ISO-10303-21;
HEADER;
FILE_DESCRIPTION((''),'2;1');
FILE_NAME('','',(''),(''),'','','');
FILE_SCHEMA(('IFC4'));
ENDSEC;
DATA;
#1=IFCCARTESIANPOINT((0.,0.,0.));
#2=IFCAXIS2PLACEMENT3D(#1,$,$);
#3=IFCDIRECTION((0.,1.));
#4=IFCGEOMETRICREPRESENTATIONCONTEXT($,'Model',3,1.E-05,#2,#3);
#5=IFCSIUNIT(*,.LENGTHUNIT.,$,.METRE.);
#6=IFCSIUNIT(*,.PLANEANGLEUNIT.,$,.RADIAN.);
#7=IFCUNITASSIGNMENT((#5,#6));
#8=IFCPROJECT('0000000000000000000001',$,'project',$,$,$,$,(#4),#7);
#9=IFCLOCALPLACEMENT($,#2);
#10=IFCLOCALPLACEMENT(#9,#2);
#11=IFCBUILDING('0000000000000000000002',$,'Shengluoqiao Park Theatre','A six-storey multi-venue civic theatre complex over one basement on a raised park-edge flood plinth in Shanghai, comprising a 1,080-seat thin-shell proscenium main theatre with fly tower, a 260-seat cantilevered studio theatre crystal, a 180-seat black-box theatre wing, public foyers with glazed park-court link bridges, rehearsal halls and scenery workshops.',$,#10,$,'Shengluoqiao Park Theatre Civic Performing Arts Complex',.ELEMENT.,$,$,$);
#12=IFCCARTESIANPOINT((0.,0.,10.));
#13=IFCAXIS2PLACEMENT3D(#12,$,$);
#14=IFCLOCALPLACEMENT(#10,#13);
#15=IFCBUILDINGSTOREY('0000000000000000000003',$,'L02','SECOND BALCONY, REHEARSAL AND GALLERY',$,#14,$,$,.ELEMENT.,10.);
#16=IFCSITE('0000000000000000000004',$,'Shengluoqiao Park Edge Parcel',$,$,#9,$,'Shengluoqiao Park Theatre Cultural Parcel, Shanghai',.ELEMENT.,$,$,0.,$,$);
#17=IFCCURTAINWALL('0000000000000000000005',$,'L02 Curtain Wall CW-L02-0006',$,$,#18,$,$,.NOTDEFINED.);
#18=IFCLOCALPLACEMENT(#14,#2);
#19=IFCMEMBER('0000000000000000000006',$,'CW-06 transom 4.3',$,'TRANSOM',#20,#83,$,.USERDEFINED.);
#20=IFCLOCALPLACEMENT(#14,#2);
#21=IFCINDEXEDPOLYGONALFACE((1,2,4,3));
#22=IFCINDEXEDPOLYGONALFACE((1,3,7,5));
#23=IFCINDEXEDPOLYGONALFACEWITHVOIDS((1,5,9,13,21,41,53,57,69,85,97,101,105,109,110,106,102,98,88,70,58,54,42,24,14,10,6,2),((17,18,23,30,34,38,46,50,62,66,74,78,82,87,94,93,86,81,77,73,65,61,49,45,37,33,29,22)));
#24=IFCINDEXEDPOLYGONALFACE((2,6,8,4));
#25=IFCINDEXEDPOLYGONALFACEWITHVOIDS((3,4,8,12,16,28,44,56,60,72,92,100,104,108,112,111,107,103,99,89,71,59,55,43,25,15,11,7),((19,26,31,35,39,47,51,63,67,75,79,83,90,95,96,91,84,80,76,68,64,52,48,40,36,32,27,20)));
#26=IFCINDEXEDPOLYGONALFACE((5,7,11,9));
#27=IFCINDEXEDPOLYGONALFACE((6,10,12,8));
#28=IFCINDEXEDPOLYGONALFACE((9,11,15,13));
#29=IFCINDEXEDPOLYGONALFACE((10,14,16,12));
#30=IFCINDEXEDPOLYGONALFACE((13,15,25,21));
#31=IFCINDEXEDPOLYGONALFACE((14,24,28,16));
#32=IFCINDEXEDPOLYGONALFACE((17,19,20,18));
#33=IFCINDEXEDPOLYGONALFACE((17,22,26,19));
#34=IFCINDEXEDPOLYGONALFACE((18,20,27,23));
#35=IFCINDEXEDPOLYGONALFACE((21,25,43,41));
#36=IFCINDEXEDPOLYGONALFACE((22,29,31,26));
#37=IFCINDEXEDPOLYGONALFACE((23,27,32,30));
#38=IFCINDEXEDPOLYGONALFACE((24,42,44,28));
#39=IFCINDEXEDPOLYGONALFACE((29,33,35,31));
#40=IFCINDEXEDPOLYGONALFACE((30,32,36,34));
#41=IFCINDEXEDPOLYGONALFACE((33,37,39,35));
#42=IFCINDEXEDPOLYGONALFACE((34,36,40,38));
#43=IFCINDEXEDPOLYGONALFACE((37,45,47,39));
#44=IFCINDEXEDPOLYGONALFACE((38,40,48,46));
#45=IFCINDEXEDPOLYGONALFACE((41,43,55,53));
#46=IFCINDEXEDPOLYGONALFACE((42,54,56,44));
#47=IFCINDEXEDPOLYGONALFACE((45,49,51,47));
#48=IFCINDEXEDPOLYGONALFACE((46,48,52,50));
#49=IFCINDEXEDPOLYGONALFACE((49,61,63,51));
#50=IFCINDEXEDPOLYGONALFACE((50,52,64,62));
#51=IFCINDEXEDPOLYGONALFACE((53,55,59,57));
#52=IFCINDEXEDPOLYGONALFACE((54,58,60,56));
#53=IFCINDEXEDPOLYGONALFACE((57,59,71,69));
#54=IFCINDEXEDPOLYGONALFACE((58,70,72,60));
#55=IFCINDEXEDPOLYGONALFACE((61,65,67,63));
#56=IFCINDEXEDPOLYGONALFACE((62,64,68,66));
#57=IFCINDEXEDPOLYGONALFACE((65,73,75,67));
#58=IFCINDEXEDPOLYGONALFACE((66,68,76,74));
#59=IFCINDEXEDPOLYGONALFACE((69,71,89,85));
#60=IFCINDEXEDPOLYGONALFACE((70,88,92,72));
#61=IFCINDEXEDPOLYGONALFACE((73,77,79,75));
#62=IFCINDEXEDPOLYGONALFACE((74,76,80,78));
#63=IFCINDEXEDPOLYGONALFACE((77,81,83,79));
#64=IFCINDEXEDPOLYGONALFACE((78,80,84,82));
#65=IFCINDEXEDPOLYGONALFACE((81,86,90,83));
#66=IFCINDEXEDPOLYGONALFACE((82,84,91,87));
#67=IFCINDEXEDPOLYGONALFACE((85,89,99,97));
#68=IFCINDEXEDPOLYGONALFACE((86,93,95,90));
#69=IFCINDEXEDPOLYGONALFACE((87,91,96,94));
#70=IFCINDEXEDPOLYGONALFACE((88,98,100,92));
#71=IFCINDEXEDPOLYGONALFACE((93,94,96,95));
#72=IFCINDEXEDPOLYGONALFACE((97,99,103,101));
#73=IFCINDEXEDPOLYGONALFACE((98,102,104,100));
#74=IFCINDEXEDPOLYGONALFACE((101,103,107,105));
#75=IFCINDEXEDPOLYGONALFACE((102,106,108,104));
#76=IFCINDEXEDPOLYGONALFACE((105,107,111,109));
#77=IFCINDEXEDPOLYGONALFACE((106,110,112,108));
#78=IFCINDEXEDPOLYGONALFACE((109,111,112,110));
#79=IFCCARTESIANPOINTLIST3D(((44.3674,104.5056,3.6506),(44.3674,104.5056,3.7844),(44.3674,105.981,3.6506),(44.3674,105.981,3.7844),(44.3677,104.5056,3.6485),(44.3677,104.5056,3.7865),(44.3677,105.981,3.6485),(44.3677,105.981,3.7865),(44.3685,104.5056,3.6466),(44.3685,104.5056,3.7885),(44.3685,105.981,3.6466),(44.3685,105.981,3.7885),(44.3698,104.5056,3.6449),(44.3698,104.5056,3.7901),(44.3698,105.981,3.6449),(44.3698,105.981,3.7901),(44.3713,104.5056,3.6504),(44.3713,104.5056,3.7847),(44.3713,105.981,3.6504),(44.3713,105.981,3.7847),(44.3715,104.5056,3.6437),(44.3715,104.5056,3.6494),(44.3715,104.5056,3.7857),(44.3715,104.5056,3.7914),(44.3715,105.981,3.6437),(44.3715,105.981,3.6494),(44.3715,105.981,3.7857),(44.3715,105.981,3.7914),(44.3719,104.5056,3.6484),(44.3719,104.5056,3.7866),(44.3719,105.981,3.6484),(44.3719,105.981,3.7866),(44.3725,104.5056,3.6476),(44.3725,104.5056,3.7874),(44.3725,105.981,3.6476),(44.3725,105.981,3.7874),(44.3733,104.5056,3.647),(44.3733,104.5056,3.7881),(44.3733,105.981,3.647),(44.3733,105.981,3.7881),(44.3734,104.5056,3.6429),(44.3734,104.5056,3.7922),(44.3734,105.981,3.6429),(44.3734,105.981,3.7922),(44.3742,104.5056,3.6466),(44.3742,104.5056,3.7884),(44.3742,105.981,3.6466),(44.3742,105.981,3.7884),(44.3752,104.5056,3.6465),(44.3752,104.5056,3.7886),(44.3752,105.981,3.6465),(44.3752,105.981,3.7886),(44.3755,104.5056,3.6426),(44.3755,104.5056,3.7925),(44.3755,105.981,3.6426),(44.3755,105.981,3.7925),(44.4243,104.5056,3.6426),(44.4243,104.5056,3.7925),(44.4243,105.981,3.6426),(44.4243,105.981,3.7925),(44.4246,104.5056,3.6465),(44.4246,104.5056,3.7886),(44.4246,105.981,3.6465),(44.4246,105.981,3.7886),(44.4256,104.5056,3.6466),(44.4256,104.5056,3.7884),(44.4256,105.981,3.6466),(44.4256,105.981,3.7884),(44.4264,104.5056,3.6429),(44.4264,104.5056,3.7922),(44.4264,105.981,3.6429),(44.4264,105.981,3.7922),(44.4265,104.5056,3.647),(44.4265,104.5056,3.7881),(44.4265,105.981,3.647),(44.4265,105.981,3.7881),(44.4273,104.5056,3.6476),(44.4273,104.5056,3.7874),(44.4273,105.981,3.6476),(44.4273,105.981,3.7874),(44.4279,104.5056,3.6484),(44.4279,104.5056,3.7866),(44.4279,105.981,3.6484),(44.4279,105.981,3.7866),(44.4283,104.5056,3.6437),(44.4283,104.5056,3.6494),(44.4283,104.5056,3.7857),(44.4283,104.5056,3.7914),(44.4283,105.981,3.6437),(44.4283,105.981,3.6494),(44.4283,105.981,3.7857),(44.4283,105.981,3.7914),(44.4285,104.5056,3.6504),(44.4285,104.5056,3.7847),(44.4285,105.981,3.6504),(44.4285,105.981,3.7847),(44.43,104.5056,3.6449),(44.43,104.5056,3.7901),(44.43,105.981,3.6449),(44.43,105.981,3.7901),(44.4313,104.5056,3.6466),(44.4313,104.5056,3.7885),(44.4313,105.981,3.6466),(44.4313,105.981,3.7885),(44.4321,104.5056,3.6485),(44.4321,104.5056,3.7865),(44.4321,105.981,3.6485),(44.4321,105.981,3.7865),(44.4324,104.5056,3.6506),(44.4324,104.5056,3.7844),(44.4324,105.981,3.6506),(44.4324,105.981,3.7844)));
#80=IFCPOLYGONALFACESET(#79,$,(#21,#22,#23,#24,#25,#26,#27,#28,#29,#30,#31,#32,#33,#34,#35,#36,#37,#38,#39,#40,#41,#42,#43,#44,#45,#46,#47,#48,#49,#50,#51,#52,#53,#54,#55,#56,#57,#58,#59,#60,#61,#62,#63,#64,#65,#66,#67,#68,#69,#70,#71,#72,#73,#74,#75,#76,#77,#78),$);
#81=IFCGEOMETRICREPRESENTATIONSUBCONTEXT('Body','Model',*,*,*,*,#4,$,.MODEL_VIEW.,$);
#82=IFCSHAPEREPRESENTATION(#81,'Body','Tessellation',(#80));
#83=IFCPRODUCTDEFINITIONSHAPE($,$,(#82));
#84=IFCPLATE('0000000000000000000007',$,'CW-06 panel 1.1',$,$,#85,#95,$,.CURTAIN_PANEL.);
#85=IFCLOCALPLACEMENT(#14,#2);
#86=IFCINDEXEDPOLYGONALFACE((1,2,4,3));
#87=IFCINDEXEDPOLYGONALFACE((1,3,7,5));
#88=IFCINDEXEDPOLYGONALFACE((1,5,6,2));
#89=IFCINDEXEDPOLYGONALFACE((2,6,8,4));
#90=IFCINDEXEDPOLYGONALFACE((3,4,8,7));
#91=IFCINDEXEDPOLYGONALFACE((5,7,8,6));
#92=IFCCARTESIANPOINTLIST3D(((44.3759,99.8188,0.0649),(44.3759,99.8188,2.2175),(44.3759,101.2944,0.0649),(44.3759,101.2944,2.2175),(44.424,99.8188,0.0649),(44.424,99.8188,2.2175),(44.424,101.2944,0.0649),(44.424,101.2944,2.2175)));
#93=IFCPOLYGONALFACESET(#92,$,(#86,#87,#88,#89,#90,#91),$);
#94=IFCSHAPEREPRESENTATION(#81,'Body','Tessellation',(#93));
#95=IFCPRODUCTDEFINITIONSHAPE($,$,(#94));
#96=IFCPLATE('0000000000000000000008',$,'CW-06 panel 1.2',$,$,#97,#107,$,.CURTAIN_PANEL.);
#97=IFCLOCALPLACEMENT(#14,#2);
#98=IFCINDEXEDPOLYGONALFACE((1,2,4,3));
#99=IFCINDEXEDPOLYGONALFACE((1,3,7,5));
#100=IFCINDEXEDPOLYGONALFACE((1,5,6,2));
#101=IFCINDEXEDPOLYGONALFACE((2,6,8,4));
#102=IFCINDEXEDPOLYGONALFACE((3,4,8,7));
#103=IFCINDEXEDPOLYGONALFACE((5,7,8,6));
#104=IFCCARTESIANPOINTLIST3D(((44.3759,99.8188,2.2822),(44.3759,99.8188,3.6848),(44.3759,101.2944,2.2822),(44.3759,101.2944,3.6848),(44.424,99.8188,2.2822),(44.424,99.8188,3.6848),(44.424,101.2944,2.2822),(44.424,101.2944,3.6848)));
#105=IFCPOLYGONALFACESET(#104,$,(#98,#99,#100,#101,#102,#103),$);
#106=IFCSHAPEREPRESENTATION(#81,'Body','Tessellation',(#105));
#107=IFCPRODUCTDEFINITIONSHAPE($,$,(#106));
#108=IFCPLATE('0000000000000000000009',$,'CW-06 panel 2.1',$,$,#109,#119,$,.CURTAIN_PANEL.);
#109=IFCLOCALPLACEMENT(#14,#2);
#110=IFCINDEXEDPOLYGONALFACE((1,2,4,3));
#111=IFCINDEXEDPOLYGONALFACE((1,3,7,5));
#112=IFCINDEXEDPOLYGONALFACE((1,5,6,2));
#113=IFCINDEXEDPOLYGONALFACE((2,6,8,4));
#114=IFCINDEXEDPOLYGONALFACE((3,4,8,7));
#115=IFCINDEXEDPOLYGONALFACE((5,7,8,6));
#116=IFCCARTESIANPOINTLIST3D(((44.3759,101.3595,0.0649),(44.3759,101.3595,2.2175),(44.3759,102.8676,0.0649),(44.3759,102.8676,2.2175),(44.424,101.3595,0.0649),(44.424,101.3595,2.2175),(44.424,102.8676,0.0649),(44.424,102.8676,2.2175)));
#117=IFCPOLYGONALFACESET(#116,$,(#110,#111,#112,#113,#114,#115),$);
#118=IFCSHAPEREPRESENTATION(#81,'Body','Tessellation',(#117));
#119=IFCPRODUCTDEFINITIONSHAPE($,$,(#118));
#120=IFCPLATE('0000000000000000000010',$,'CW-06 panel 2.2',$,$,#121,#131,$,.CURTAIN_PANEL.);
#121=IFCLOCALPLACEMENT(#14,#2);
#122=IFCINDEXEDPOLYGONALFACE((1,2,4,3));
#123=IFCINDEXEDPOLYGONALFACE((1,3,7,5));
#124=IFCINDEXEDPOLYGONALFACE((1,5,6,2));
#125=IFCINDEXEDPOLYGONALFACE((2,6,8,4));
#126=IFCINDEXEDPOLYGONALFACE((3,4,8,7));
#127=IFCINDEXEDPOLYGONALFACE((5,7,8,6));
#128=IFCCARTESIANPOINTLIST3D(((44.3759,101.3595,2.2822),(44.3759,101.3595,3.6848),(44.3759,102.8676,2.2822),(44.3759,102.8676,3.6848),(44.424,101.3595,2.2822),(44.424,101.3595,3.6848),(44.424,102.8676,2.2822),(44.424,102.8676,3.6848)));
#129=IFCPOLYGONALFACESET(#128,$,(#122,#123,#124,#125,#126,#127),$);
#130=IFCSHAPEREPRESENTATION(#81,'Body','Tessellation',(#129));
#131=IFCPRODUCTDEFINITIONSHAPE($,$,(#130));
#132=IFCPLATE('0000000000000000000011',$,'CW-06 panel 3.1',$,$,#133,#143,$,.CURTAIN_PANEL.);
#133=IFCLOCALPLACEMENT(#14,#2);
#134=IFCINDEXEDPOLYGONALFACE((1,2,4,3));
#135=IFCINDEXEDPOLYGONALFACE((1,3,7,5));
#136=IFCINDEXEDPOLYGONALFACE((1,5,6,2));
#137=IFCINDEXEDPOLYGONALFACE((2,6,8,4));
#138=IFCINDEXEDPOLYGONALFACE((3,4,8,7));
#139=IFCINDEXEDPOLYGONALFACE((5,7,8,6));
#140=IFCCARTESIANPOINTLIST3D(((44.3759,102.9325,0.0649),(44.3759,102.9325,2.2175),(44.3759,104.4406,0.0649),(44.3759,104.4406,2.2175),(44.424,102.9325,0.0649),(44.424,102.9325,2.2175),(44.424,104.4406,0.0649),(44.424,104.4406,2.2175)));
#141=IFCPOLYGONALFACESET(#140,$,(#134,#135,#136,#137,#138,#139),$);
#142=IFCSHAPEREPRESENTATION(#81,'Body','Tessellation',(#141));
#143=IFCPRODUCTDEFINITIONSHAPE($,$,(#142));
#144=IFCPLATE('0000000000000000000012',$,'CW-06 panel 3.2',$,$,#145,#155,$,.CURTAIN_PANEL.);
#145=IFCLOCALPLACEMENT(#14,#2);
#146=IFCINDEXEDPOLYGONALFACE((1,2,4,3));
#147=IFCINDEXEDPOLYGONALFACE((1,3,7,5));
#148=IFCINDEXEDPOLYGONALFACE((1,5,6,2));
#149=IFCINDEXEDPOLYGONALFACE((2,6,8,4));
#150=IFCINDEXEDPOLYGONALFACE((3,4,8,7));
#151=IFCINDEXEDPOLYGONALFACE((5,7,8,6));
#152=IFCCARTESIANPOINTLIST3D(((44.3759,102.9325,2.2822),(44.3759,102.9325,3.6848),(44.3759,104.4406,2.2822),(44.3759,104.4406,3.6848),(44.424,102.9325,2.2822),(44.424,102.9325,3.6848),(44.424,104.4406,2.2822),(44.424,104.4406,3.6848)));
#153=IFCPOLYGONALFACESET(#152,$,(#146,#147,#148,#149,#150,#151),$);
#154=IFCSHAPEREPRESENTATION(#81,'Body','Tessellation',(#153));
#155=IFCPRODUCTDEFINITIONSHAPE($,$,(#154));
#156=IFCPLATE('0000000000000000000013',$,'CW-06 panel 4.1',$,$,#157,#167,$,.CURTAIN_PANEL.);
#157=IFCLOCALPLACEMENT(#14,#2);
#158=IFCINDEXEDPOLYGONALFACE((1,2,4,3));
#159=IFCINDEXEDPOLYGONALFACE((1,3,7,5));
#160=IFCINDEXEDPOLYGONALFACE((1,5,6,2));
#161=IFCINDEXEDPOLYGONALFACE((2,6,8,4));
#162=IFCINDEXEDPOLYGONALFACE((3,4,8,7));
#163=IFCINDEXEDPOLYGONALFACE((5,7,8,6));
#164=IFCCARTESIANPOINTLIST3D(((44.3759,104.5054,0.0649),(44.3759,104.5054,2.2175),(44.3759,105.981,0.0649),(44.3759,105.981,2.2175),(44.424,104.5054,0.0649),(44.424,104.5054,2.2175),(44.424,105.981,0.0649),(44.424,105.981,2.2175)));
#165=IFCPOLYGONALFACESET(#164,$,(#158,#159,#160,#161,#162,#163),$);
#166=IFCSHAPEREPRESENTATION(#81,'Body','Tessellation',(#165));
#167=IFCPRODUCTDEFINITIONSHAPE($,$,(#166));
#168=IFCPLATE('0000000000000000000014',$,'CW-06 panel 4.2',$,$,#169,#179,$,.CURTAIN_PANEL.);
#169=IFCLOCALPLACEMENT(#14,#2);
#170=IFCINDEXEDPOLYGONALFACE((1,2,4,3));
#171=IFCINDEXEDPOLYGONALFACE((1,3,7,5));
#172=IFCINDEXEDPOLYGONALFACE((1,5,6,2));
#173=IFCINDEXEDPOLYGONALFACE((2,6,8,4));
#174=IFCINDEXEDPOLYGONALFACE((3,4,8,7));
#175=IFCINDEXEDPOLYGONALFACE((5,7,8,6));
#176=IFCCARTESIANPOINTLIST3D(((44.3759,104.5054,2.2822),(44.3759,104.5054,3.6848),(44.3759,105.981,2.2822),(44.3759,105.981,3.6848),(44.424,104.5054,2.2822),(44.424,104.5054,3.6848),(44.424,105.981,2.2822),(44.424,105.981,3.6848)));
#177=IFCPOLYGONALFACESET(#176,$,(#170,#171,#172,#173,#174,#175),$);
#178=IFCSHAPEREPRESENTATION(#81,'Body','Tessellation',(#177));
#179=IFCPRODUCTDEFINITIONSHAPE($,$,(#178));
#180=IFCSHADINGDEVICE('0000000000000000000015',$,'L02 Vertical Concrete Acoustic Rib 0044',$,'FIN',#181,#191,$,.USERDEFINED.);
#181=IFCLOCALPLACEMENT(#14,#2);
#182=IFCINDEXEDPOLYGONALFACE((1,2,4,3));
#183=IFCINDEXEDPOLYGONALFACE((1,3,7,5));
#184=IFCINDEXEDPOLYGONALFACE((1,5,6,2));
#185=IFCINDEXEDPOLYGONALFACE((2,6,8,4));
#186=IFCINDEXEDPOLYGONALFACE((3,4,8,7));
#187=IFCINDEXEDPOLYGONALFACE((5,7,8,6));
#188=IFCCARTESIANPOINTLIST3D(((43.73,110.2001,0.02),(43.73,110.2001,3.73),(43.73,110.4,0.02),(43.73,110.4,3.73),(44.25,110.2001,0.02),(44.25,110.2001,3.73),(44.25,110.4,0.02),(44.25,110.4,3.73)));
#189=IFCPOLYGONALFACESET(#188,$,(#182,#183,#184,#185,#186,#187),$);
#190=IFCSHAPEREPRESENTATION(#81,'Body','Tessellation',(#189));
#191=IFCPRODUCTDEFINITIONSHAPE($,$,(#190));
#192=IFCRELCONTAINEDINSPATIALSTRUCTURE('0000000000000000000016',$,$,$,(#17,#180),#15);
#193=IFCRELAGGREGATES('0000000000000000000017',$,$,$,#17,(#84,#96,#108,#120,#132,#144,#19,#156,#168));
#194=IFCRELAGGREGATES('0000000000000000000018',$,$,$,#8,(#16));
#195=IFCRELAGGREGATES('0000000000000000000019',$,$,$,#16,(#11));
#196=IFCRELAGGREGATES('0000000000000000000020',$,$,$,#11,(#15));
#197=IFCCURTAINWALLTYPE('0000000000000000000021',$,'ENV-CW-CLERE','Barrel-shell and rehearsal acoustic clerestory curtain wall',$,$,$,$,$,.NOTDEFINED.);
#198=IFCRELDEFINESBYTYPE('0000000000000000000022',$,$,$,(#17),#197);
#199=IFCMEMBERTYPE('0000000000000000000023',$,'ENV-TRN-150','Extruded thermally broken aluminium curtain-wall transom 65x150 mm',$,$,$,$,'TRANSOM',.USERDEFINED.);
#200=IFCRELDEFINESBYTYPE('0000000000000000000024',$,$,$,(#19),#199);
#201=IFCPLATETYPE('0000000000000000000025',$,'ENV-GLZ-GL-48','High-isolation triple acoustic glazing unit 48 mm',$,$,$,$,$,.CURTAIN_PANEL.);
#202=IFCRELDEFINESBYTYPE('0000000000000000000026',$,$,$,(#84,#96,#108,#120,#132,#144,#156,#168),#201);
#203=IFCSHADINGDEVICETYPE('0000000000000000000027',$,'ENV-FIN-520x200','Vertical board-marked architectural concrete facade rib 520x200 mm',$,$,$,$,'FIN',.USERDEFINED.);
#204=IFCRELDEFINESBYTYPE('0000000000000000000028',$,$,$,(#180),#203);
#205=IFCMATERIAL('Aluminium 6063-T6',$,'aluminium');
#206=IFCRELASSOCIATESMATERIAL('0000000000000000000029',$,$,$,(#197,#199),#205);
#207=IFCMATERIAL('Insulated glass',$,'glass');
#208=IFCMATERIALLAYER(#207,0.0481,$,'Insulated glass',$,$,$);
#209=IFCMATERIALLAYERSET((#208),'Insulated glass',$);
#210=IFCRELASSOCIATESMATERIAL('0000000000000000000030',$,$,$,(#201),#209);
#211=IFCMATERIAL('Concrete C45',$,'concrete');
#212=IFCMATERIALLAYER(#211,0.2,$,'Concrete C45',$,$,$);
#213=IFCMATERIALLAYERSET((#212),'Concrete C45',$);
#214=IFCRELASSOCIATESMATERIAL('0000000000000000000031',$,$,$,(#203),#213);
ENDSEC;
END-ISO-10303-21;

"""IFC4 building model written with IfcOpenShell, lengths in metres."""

from ifc_helpers import new_model, si_unit, direction, frame, origin, origin_2d, place, context, subcontext, project, spatial, rectangle, hollow_rectangle, extrude, material, layer, layer_set, material_profile, profile_set, type_object, element, aggregate, save


model = new_model("IFC4")

# Units and contexts
model_context = context("Model", 3, precision=1e-05, world=origin(), true_north=direction((0.0, 1.0)))
body_context = subcontext(model_context, "Body", "Model", "MODEL_VIEW")
ifc_project = project(units=[si_unit("LENGTHUNIT", "METRE"), si_unit("PLANEANGLEUNIT", "RADIAN")], contexts=[model_context])

# Site, building, storey
site_placement = place(None, origin())
site = spatial("IfcSite", under=ifc_project, at=site_placement, Name="Shengluoqiao Park Edge Parcel", LongName="Shengluoqiao Park Theatre Cultural Parcel, Shanghai", CompositionType="ELEMENT", RefElevation=0.0)
building_placement = place(site_placement, origin())
building = spatial("IfcBuilding", under=site, at=building_placement, Name="Shengluoqiao Park Theatre", Description="A six-storey multi-venue civic theatre complex over one basement on a raised park-edge flood plinth in Shanghai, comprising a 1,080-seat thin-shell proscenium main theatre with fly tower, a 260-seat cantilevered studio theatre crystal, a 180-seat black-box theatre wing, public foyers with glazed park-court link bridges, rehearsal halls and scenery workshops.", LongName="Shengluoqiao Park Theatre Civic Performing Arts Complex", CompositionType="ELEMENT")
storey_placement = place(building_placement, frame((0.0, 0.0, 10.0)))
storey = spatial("IfcBuildingStorey", under=building, at=storey_placement, Name="L02", Description="SECOND BALCONY, REHEARSAL AND GALLERY", CompositionType="ELEMENT", Elevation=10.0)

# Curtain wall, member, plates
ifc_material_1 = material(Name="Aluminium 6063-T6", Category="aluminium")
curtain_wall_type = type_object("IfcCurtainWallType", Name="ENV-CW-CLERE", Description="Barrel-shell and rehearsal acoustic clerestory curtain wall", PredefinedType="NOTDEFINED", material=ifc_material_1)
curtain_wall_placement = place(storey_placement, origin())
curtain_wall = element("IfcCurtainWall", 1, at=curtain_wall_placement, inside=storey, type_object=curtain_wall_type, Name="L02 Curtain Wall CW-L02-0006", PredefinedType="NOTDEFINED")
ifc_material_profile_1 = material_profile(ifc_material_1, hollow_rectangle(XDim=0.0649, YDim=0.1499, WallThickness=0.0039, InnerFilletRadius=0.0039, OuterFilletRadius=0.0081, at=origin_2d()), Name="ALU TRANSOM 150x65x4")
ifc_profile_set_1 = profile_set([ifc_material_profile_1], Name="Aluminium 6063-T6")
member_type_1 = type_object("IfcMemberType", Name="ENV-TRN-150", Description="Extruded thermally broken aluminium curtain-wall transom 65x150 mm", ElementType="TRANSOM", PredefinedType="USERDEFINED", material=ifc_profile_set_1)
member_1_placement = place(storey_placement, frame((44.3999, 104.5056, 3.7175), z_axis=(0.0, 1.0, 0.0), x_axis=(-1.0, 0.0, 0.0)))
member_1 = element("IfcMember", 2, at=member_1_placement, type_object=member_type_1, Name="CW-06 transom 4.3", ObjectType="TRANSOM", PredefinedType="USERDEFINED", context=body_context, shape_type="SweptSolid", body=[
    extrude(hollow_rectangle(XDim=0.0649, YDim=0.1499, WallThickness=0.0039, InnerFilletRadius=0.0039, OuterFilletRadius=0.0081, at=origin_2d()), origin(), (0.0, 0.0, 1.0), 1.4753),
])
ifc_material_2 = material(Name="Insulated glass", Category="glass")
ifc_layer_1 = layer(ifc_material_2, 0.0481, Name="Insulated glass")
ifc_layer_set_1 = layer_set([ifc_layer_1], Name="Insulated glass")
plate_type = type_object("IfcPlateType", Name="ENV-GLZ-GL-48", Description="High-isolation triple acoustic glazing unit 48 mm", PredefinedType="CURTAIN_PANEL", material=ifc_layer_set_1)
plate_1_placement = place(storey_placement, frame((44.3999, 100.5566, 0.0649), z_axis=(0.0, 0.0, 1.0), x_axis=(0.0, 1.0, 0.0)))
plate_1 = element("IfcPlate", 3, at=plate_1_placement, type_object=plate_type, Name="CW-06 panel 1.1", PredefinedType="CURTAIN_PANEL", context=body_context, shape_type="SweptSolid", body=[
    extrude(rectangle(XDim=1.4756, YDim=0.0481, at=origin_2d()), origin(), (0.0, 0.0, 1.0), 2.1526),
])
plate_2_placement = place(storey_placement, frame((44.3999, 100.5566, 2.2822), z_axis=(0.0, 0.0, 1.0), x_axis=(0.0, 1.0, 0.0)))
plate_2 = element("IfcPlate", 4, at=plate_2_placement, type_object=plate_type, Name="CW-06 panel 1.2", PredefinedType="CURTAIN_PANEL", context=body_context, shape_type="SweptSolid", body=[
    extrude(rectangle(XDim=1.4756, YDim=0.0481, at=origin_2d()), origin(), (0.0, 0.0, 1.0), 1.4026),
])
plate_3_placement = place(storey_placement, frame((44.3999, 102.1135, 0.0649), z_axis=(0.0, 0.0, 1.0), x_axis=(0.0, 1.0, 0.0)))
plate_3 = element("IfcPlate", 5, at=plate_3_placement, type_object=plate_type, Name="CW-06 panel 2.1", PredefinedType="CURTAIN_PANEL", context=body_context, shape_type="SweptSolid", body=[
    extrude(rectangle(XDim=1.5081, YDim=0.0481, at=origin_2d()), origin(), (0.0, 0.0, 1.0), 2.1526),
])
plate_4_placement = place(storey_placement, frame((44.3999, 102.1135, 2.2822), z_axis=(0.0, 0.0, 1.0), x_axis=(0.0, 1.0, 0.0)))
plate_4 = element("IfcPlate", 6, at=plate_4_placement, type_object=plate_type, Name="CW-06 panel 2.2", PredefinedType="CURTAIN_PANEL", context=body_context, shape_type="SweptSolid", body=[
    extrude(rectangle(XDim=1.5081, YDim=0.0481, at=origin_2d()), origin(), (0.0, 0.0, 1.0), 1.4026),
])
plate_5_placement = place(storey_placement, frame((44.3999, 103.6865, 0.0649), z_axis=(0.0, 0.0, 1.0), x_axis=(0.0, 1.0, 0.0)))
plate_5 = element("IfcPlate", 7, at=plate_5_placement, type_object=plate_type, Name="CW-06 panel 3.1", PredefinedType="CURTAIN_PANEL", context=body_context, shape_type="SweptSolid", body=[
    extrude(rectangle(XDim=1.5081, YDim=0.0481, at=origin_2d()), origin(), (0.0, 0.0, 1.0), 2.1526),
])
plate_6_placement = place(storey_placement, frame((44.3999, 103.6865, 2.2822), z_axis=(0.0, 0.0, 1.0), x_axis=(0.0, 1.0, 0.0)))
plate_6 = element("IfcPlate", 8, at=plate_6_placement, type_object=plate_type, Name="CW-06 panel 3.2", PredefinedType="CURTAIN_PANEL", context=body_context, shape_type="SweptSolid", body=[
    extrude(rectangle(XDim=1.5081, YDim=0.0481, at=origin_2d()), origin(), (0.0, 0.0, 1.0), 1.4026),
])
plate_7_placement = place(storey_placement, frame((44.3999, 105.2432, 0.0649), z_axis=(0.0, 0.0, 1.0), x_axis=(0.0, 1.0, 0.0)))
plate_7 = element("IfcPlate", 9, at=plate_7_placement, type_object=plate_type, Name="CW-06 panel 4.1", PredefinedType="CURTAIN_PANEL", context=body_context, shape_type="SweptSolid", body=[
    extrude(rectangle(XDim=1.4756, YDim=0.0481, at=origin_2d()), origin(), (0.0, 0.0, 1.0), 2.1526),
])
plate_8_placement = place(storey_placement, frame((44.3999, 105.2432, 2.2822), z_axis=(0.0, 0.0, 1.0), x_axis=(0.0, 1.0, 0.0)))
plate_8 = element("IfcPlate", 10, at=plate_8_placement, type_object=plate_type, Name="CW-06 panel 4.2", PredefinedType="CURTAIN_PANEL", context=body_context, shape_type="SweptSolid", body=[
    extrude(rectangle(XDim=1.4756, YDim=0.0481, at=origin_2d()), origin(), (0.0, 0.0, 1.0), 1.4026),
])
aggregate(curtain_wall, [plate_1, plate_2, plate_3, plate_4, plate_5, plate_6, member_1, plate_7, plate_8])

# Shading device
ifc_material_3 = material(Name="Concrete C45", Category="concrete")
ifc_layer_2 = layer(ifc_material_3, 0.2, Name="Concrete C45")
ifc_layer_set_2 = layer_set([ifc_layer_2], Name="Concrete C45")
shading_device_type = type_object("IfcShadingDeviceType", Name="ENV-FIN-520x200", Description="Vertical board-marked architectural concrete facade rib 520x200 mm", ElementType="FIN", PredefinedType="USERDEFINED", material=ifc_layer_set_2)
shading_device_placement = place(storey_placement, frame((43.99, 110.3, 0.02), z_axis=(0.0, 0.0, 1.0), x_axis=(-1.0, 0.0, 0.0)))
element("IfcShadingDevice", 11, at=shading_device_placement, inside=storey, type_object=shading_device_type, Name="L02 Vertical Concrete Acoustic Rib 0044", ObjectType="FIN", PredefinedType="USERDEFINED", context=body_context, shape_type="SweptSolid", body=[
    extrude(rectangle(XDim=0.52, YDim=0.2, at=origin_2d()), origin(), (0.0, 0.0, 1.0), 3.71),
])

save(model, "model.ifc")
